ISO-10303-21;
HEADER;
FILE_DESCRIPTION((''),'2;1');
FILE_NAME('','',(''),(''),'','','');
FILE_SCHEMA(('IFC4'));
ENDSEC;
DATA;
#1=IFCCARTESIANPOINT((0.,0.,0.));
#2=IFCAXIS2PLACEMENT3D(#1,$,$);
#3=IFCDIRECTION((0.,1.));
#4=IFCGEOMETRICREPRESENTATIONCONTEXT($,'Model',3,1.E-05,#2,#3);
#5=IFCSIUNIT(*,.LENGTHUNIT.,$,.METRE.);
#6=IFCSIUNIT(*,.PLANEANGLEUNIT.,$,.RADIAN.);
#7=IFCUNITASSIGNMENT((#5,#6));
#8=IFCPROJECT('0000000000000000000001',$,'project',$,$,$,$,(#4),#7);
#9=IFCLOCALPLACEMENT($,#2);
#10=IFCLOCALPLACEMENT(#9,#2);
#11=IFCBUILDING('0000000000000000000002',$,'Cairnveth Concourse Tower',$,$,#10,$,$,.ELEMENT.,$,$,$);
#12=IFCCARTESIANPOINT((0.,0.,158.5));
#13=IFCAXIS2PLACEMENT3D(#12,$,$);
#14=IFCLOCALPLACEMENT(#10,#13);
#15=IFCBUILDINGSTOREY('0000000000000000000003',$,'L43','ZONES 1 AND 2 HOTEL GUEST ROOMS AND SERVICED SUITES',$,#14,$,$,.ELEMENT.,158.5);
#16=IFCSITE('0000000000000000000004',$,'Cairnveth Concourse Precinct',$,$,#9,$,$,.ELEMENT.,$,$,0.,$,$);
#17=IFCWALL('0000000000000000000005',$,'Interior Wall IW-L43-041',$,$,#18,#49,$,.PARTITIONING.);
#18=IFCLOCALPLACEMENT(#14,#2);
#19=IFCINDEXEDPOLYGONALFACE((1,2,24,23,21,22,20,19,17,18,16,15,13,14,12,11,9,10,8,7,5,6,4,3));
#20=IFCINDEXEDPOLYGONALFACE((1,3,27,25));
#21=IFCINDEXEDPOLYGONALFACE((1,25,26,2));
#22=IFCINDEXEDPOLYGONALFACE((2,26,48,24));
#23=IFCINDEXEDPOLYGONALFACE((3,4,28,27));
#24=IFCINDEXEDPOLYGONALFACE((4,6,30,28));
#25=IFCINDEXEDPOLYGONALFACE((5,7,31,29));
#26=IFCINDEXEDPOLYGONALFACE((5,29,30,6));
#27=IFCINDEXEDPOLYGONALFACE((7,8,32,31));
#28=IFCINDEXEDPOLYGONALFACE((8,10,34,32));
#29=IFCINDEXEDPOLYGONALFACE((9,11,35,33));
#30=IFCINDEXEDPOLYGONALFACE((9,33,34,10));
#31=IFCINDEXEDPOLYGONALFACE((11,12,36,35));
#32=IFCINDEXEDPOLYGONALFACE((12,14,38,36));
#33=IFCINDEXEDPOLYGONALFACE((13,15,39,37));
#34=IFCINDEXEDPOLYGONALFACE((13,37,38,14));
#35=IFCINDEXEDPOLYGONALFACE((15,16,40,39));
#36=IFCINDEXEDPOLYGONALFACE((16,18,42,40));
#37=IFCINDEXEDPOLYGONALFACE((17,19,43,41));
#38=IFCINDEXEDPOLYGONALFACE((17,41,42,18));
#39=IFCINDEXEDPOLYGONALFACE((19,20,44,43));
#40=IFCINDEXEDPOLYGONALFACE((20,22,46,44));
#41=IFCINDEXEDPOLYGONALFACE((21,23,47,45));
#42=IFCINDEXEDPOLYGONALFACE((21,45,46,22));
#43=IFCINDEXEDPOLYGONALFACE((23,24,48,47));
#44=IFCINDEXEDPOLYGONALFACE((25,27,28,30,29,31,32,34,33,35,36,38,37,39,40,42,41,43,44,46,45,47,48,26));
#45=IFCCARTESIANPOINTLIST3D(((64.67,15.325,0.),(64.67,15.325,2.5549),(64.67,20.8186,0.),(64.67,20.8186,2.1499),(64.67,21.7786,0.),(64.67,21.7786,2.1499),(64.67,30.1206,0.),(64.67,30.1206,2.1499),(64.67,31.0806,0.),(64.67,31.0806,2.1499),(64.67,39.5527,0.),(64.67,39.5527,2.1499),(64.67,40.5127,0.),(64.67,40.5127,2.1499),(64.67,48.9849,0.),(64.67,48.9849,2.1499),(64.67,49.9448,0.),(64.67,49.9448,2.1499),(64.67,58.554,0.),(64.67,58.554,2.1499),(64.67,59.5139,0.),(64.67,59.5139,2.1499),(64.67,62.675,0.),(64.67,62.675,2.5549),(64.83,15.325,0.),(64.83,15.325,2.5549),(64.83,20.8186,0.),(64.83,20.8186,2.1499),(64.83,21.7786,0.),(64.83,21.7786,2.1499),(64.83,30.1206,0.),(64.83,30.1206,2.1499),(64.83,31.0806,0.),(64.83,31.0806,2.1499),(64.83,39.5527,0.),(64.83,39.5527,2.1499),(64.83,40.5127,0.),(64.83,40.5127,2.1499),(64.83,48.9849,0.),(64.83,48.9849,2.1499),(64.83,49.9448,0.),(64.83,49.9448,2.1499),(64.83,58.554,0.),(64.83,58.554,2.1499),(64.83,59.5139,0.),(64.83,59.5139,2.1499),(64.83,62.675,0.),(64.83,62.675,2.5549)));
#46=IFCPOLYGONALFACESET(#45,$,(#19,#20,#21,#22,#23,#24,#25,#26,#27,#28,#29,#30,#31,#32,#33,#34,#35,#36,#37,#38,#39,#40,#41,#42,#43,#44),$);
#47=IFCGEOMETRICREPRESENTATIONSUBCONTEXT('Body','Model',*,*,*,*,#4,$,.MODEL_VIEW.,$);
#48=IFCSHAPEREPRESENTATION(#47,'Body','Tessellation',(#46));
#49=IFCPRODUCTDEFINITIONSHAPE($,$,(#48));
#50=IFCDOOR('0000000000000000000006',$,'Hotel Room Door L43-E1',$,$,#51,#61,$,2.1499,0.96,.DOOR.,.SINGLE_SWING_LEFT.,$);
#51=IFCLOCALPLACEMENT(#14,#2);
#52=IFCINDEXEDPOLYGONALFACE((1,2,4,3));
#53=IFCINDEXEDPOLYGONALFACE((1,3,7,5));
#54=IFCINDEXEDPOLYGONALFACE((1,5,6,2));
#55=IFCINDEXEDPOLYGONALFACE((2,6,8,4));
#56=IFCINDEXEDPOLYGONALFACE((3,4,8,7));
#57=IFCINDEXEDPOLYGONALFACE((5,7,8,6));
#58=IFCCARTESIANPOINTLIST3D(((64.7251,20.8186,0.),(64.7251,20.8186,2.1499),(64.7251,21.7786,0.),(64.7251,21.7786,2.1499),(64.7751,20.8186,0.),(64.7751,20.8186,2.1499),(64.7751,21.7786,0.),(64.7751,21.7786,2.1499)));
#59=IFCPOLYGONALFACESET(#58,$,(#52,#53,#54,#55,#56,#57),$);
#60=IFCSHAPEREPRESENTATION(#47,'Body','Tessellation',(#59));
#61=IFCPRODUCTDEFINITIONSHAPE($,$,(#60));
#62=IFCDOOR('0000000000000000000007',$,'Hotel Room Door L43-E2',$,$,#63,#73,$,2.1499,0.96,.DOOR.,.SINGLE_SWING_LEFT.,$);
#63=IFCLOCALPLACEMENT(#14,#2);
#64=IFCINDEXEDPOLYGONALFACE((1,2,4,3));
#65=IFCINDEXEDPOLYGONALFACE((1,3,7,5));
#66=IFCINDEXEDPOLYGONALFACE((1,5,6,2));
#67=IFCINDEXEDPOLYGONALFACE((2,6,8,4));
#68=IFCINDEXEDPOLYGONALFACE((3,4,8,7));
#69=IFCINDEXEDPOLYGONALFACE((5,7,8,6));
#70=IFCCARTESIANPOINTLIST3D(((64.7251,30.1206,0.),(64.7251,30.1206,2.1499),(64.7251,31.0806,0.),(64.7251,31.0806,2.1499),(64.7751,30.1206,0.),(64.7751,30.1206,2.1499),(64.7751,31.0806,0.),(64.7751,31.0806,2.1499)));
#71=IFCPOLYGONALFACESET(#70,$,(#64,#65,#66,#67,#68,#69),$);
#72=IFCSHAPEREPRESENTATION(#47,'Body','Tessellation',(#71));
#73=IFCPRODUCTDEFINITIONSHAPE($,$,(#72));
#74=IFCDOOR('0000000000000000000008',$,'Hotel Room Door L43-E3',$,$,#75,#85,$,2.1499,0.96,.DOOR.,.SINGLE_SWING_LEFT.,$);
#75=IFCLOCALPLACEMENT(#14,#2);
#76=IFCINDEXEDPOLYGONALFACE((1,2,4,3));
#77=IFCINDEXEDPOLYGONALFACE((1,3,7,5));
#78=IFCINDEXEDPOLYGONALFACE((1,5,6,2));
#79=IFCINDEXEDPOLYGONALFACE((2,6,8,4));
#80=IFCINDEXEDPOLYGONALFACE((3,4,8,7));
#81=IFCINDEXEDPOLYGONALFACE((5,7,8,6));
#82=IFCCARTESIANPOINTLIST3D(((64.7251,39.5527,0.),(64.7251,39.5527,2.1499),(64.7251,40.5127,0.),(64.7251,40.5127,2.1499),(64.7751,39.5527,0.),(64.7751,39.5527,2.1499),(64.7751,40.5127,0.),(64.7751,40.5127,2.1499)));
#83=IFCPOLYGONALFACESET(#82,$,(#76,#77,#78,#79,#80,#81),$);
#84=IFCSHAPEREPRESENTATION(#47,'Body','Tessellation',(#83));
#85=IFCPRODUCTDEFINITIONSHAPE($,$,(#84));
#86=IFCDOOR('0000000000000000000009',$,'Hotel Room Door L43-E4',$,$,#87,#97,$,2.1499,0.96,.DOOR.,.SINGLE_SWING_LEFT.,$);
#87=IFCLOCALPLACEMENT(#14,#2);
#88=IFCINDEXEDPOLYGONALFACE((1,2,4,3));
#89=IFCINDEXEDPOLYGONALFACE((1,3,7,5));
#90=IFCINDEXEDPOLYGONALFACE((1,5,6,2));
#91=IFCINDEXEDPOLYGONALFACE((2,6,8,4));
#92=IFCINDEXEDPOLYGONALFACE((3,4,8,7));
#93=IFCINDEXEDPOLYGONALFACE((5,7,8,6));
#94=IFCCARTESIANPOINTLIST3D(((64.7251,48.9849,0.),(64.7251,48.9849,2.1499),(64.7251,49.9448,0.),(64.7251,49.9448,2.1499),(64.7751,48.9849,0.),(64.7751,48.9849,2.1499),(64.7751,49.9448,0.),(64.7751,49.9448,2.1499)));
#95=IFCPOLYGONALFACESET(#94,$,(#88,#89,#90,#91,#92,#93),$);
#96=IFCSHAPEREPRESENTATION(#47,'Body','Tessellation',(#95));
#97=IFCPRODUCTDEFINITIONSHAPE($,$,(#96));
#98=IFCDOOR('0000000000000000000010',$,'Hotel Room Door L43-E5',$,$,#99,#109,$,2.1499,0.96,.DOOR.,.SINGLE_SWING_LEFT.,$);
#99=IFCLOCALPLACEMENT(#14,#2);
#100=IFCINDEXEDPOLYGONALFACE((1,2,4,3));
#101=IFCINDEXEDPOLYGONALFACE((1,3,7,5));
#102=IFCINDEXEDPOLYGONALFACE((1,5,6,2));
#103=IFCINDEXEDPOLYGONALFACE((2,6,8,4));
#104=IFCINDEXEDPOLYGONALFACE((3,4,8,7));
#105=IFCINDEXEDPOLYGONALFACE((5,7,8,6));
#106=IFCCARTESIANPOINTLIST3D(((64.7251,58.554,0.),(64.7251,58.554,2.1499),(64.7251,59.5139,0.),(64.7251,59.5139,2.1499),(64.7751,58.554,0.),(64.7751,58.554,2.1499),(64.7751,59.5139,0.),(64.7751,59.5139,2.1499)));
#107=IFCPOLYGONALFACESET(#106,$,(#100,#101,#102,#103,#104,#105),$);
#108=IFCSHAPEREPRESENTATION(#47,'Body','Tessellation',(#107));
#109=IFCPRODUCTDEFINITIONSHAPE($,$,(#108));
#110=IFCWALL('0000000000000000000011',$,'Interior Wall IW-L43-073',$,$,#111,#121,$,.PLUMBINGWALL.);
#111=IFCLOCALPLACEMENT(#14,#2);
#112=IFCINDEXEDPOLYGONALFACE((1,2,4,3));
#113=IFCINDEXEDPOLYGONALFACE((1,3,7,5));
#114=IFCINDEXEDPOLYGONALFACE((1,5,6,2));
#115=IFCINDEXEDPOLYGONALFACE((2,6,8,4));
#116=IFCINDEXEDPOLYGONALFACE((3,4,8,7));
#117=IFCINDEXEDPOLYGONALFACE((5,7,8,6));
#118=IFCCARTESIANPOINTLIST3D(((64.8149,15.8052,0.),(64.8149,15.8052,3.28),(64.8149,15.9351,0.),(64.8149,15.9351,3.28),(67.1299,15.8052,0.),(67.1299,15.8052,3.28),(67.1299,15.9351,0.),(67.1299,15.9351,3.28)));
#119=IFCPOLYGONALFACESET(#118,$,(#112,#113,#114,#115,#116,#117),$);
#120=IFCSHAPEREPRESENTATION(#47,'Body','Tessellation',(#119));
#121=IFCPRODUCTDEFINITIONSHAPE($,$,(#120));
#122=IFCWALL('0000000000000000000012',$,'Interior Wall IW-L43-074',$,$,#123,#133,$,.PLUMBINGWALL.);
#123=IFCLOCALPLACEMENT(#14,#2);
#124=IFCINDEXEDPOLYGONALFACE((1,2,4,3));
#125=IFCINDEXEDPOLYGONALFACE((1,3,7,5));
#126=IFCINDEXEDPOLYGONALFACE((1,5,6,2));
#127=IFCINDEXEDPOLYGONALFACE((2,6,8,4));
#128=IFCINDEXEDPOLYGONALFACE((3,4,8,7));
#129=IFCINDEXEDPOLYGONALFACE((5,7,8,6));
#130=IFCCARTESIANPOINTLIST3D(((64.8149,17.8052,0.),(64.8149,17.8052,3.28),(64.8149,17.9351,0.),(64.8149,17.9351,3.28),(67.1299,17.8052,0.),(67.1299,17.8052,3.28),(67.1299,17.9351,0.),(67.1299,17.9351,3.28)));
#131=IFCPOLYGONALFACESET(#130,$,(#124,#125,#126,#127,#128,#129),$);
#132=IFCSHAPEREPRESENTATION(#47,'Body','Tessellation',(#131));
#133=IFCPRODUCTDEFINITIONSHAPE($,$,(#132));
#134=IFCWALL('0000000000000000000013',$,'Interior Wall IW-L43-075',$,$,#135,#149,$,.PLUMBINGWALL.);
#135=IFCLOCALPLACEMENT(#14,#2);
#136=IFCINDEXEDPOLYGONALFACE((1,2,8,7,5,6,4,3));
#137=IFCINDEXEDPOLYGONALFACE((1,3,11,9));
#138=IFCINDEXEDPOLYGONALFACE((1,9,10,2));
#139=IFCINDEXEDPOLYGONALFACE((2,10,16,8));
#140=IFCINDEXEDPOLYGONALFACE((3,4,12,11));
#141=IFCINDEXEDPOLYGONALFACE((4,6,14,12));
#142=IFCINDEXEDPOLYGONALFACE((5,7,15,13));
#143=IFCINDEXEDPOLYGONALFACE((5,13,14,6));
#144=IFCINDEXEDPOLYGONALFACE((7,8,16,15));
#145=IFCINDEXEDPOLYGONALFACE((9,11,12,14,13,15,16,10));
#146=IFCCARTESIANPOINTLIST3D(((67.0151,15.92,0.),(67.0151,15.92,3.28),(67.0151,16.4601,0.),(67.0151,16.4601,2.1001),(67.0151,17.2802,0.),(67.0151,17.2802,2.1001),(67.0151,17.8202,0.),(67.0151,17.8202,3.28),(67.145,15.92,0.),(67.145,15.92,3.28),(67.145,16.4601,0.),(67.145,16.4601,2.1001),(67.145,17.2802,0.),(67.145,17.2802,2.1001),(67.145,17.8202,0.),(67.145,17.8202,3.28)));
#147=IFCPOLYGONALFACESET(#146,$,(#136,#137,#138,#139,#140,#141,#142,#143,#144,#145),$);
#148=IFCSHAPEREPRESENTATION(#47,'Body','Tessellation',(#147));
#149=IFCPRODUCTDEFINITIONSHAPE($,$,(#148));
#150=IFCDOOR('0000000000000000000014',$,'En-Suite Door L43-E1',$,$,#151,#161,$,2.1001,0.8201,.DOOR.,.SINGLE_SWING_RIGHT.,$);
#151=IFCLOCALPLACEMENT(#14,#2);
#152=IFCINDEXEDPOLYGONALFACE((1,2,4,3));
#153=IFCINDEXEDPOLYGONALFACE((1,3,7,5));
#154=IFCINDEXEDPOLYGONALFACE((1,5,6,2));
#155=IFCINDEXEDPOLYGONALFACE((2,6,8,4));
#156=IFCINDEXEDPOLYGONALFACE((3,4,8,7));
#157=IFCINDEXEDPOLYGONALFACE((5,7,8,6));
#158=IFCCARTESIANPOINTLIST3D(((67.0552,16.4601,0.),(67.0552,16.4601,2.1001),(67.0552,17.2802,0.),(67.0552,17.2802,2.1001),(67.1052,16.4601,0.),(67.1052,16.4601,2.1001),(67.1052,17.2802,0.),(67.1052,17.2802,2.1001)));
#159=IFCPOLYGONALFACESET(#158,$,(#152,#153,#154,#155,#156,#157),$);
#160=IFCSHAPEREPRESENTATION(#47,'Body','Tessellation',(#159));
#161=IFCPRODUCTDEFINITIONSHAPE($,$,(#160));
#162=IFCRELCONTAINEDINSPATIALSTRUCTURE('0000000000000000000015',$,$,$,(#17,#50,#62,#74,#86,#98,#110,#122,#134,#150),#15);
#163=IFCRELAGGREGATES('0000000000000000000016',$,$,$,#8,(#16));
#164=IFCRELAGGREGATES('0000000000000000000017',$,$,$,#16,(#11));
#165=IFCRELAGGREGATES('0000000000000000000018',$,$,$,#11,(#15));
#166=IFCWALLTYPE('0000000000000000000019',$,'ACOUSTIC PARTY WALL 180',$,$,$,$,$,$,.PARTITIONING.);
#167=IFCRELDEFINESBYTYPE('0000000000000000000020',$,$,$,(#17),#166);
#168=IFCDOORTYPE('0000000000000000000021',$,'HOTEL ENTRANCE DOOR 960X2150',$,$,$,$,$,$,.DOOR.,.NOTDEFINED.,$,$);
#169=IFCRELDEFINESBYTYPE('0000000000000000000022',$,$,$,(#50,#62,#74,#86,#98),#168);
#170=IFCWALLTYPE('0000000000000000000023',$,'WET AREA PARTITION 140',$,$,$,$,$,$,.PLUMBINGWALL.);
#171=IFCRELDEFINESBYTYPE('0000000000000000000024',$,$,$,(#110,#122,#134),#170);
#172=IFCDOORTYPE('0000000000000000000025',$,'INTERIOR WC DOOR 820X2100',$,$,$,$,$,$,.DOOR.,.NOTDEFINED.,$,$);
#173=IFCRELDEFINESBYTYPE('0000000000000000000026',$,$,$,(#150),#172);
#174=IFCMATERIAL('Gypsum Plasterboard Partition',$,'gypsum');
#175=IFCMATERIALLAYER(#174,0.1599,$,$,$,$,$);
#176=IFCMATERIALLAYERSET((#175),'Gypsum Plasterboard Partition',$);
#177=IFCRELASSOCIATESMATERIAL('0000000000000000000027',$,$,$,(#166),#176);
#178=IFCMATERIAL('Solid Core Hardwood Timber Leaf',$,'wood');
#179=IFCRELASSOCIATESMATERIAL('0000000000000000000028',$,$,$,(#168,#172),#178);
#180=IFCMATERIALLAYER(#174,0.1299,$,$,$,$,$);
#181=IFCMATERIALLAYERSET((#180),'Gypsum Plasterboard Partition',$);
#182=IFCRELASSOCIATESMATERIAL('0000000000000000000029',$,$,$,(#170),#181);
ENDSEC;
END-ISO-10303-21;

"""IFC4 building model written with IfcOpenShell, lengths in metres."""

from ifc_helpers import new_model, si_unit, direction, frame, frame_2d, origin, place, context, subcontext, project, spatial, rectangle, extrude, material, layer, layer_set, type_object, element, fill, save


model = new_model("IFC4")

# Units and contexts
model_context = context("Model", 3, precision=1e-05, world=origin(), true_north=direction((0.0, 1.0)))
body_context = subcontext(model_context, "Body", "Model", "MODEL_VIEW")
ifc_project = project(units=[si_unit("LENGTHUNIT", "METRE"), si_unit("PLANEANGLEUNIT", "RADIAN")], contexts=[model_context])

# Site, building, storey
site_placement = place(None, origin())
site = spatial("IfcSite", under=ifc_project, at=site_placement, Name="Cairnveth Concourse Precinct", CompositionType="ELEMENT", RefElevation=0.0)
building_placement = place(site_placement, origin())
building = spatial("IfcBuilding", under=site, at=building_placement, Name="Cairnveth Concourse Tower", CompositionType="ELEMENT")
storey_placement = place(building_placement, frame((0.0, 0.0, 158.5)))
storey = spatial("IfcBuildingStorey", under=building, at=storey_placement, Name="L43", Description="ZONES 1 AND 2 HOTEL GUEST ROOMS AND SERVICED SUITES", CompositionType="ELEMENT", Elevation=158.5)

# Wall, openings, doors
ifc_material_1 = material(Name="Gypsum Plasterboard Partition", Category="gypsum")
ifc_layer_1 = layer(ifc_material_1, 0.1599)
ifc_layer_set_1 = layer_set([ifc_layer_1], Name="Gypsum Plasterboard Partition")
wall_type_1 = type_object("IfcWallType", Name="ACOUSTIC PARTY WALL 180", PredefinedType="PARTITIONING", material=ifc_layer_set_1)
wall_1_placement = place(storey_placement, frame((64.75, 15.325, 0.0), z_axis=(0.0, 0.0, 1.0), x_axis=(0.0, 1.0, 0.0)))
wall_1 = element("IfcWall", 1, at=wall_1_placement, inside=storey, type_object=wall_type_1, Name="Interior Wall IW-L43-041", PredefinedType="PARTITIONING", context=body_context, shape_type="SweptSolid", body=[
    extrude(rectangle(XDim=47.3501, YDim=0.1599, at=frame_2d((23.675, 0.0))), origin(), (0.0, 0.0, 1.0), 2.5549),
])
opening_1_placement = place(wall_1_placement, frame((5.4937, 0.0, 0.0)))
opening_1 = element("IfcOpeningElement", 2, at=opening_1_placement, cuts=wall_1, PredefinedType="OPENING", context=body_context, shape_type="SweptSolid", body=[
    extrude(rectangle(XDim=0.96, YDim=2.1499, at=frame_2d((0.48, 1.075))), frame((0.0, 0.0898, 0.0), z_axis=(0.0, -1.0, 0.0), x_axis=(1.0, 0.0, 0.0)), (0.0, 0.0, 1.0), 0.1799),
])
opening_2_placement = place(wall_1_placement, frame((14.7957, 0.0, 0.0)))
opening_2 = element("IfcOpeningElement", 3, at=opening_2_placement, cuts=wall_1, PredefinedType="OPENING", context=body_context, shape_type="SweptSolid", body=[
    extrude(rectangle(XDim=0.96, YDim=2.1499, at=frame_2d((0.48, 1.075))), frame((0.0, 0.0898, 0.0), z_axis=(0.0, -1.0, 0.0), x_axis=(1.0, 0.0, 0.0)), (0.0, 0.0, 1.0), 0.1799),
])
opening_3_placement = place(wall_1_placement, frame((24.2278, 0.0, 0.0)))
opening_3 = element("IfcOpeningElement", 4, at=opening_3_placement, cuts=wall_1, PredefinedType="OPENING", context=body_context, shape_type="SweptSolid", body=[
    extrude(rectangle(XDim=0.96, YDim=2.1499, at=frame_2d((0.48, 1.075))), frame((0.0, 0.0898, 0.0), z_axis=(0.0, -1.0, 0.0), x_axis=(1.0, 0.0, 0.0)), (0.0, 0.0, 1.0), 0.1799),
])
opening_4_placement = place(wall_1_placement, frame((33.6599, 0.0, 0.0)))
opening_4 = element("IfcOpeningElement", 5, at=opening_4_placement, cuts=wall_1, PredefinedType="OPENING", context=body_context, shape_type="SweptSolid", body=[
    extrude(rectangle(XDim=0.96, YDim=2.1499, at=frame_2d((0.48, 1.075))), frame((0.0, 0.0898, 0.0), z_axis=(0.0, -1.0, 0.0), x_axis=(1.0, 0.0, 0.0)), (0.0, 0.0, 1.0), 0.1799),
])
opening_5_placement = place(wall_1_placement, frame((43.229, 0.0, 0.0)))
opening_5 = element("IfcOpeningElement", 6, at=opening_5_placement, cuts=wall_1, PredefinedType="OPENING", context=body_context, shape_type="SweptSolid", body=[
    extrude(rectangle(XDim=0.96, YDim=2.1499, at=frame_2d((0.48, 1.075))), frame((0.0, 0.0898, 0.0), z_axis=(0.0, -1.0, 0.0), x_axis=(1.0, 0.0, 0.0)), (0.0, 0.0, 1.0), 0.1799),
])
ifc_material_2 = material(Name="Solid Core Hardwood Timber Leaf", Category="wood")
door_type_1 = type_object("IfcDoorType", Name="HOTEL ENTRANCE DOOR 960X2150", OperationType="NOTDEFINED", PredefinedType="DOOR", material=ifc_material_2)
door_1_placement = place(opening_1_placement, origin())
door_1 = element("IfcDoor", 7, at=door_1_placement, inside=storey, type_object=door_type_1, Name="Hotel Room Door L43-E1", OperationType="SINGLE_SWING_LEFT", OverallHeight=2.1499, OverallWidth=0.96, PredefinedType="DOOR", context=body_context, shape_type="SweptSolid", body=[
    extrude(rectangle(XDim=0.96, YDim=2.1499, at=frame_2d((0.48, 1.075))), frame((0.0, 0.0249, 0.0), z_axis=(0.0, -1.0, 0.0), x_axis=(1.0, 0.0, 0.0)), (0.0, 0.0, 1.0), 0.05),
])
fill(opening_1, door_1)
door_2_placement = place(opening_2_placement, origin())
door_2 = element("IfcDoor", 8, at=door_2_placement, inside=storey, type_object=door_type_1, Name="Hotel Room Door L43-E2", OperationType="SINGLE_SWING_LEFT", OverallHeight=2.1499, OverallWidth=0.96, PredefinedType="DOOR", context=body_context, shape_type="SweptSolid", body=[
    extrude(rectangle(XDim=0.96, YDim=2.1499, at=frame_2d((0.48, 1.075))), frame((0.0, 0.0249, 0.0), z_axis=(0.0, -1.0, 0.0), x_axis=(1.0, 0.0, 0.0)), (0.0, 0.0, 1.0), 0.05),
])
fill(opening_2, door_2)
door_3_placement = place(opening_3_placement, origin())
door_3 = element("IfcDoor", 9, at=door_3_placement, inside=storey, type_object=door_type_1, Name="Hotel Room Door L43-E3", OperationType="SINGLE_SWING_LEFT", OverallHeight=2.1499, OverallWidth=0.96, PredefinedType="DOOR", context=body_context, shape_type="SweptSolid", body=[
    extrude(rectangle(XDim=0.96, YDim=2.1499, at=frame_2d((0.48, 1.075))), frame((0.0, 0.0249, 0.0), z_axis=(0.0, -1.0, 0.0), x_axis=(1.0, 0.0, 0.0)), (0.0, 0.0, 1.0), 0.05),
])
fill(opening_3, door_3)
door_4_placement = place(opening_4_placement, origin())
door_4 = element("IfcDoor", 10, at=door_4_placement, inside=storey, type_object=door_type_1, Name="Hotel Room Door L43-E4", OperationType="SINGLE_SWING_LEFT", OverallHeight=2.1499, OverallWidth=0.96, PredefinedType="DOOR", context=body_context, shape_type="SweptSolid", body=[
    extrude(rectangle(XDim=0.96, YDim=2.1499, at=frame_2d((0.48, 1.075))), frame((0.0, 0.0249, 0.0), z_axis=(0.0, -1.0, 0.0), x_axis=(1.0, 0.0, 0.0)), (0.0, 0.0, 1.0), 0.05),
])
fill(opening_4, door_4)
door_5_placement = place(opening_5_placement, origin())
door_5 = element("IfcDoor", 11, at=door_5_placement, inside=storey, type_object=door_type_1, Name="Hotel Room Door L43-E5", OperationType="SINGLE_SWING_LEFT", OverallHeight=2.1499, OverallWidth=0.96, PredefinedType="DOOR", context=body_context, shape_type="SweptSolid", body=[
    extrude(rectangle(XDim=0.96, YDim=2.1499, at=frame_2d((0.48, 1.075))), frame((0.0, 0.0249, 0.0), z_axis=(0.0, -1.0, 0.0), x_axis=(1.0, 0.0, 0.0)), (0.0, 0.0, 1.0), 0.05),
])
fill(opening_5, door_5)

# Walls
ifc_layer_2 = layer(ifc_material_1, 0.1299)
ifc_layer_set_2 = layer_set([ifc_layer_2], Name="Gypsum Plasterboard Partition")
wall_type_2 = type_object("IfcWallType", Name="WET AREA PARTITION 140", PredefinedType="PLUMBINGWALL", material=ifc_layer_set_2)
for number, where, z_axis, x_axis, name in (
    (12, (64.8149, 15.8701, 0.0), (0.0, 0.0, 1.0), (1.0, 0.0, 0.0), "Interior Wall IW-L43-073"),
    (13, (64.8149, 17.8701, 0.0), (0.0, 0.0, 1.0), (1.0, 0.0, 0.0), "Interior Wall IW-L43-074"),
):
    element("IfcWall", number, at=place(storey_placement, frame(where, z_axis=z_axis, x_axis=x_axis)), inside=storey, type_object=wall_type_2, Name=name, PredefinedType="PLUMBINGWALL", context=body_context, shape_type="SweptSolid", body=[
        extrude(rectangle(XDim=2.3149, YDim=0.1299, at=frame_2d((1.1575, 0.0))), origin(), (0.0, 0.0, 1.0), 3.28),
    ])

# Wall, opening, door
wall_2_placement = place(storey_placement, frame((67.0801, 15.9199, 0.0), z_axis=(0.0, 0.0, 1.0), x_axis=(0.0, 1.0, 0.0)))
wall_2 = element("IfcWall", 14, at=wall_2_placement, inside=storey, type_object=wall_type_2, Name="Interior Wall IW-L43-075", PredefinedType="PLUMBINGWALL", context=body_context, shape_type="SweptSolid", body=[
    extrude(rectangle(XDim=1.9001, YDim=0.1299, at=frame_2d((0.9502, 0.0))), origin(), (0.0, 0.0, 1.0), 3.28),
])
opening_6_placement = place(wall_2_placement, frame((0.54, 0.0, 0.0)))
opening_6 = element("IfcOpeningElement", 15, at=opening_6_placement, cuts=wall_2, PredefinedType="OPENING", context=body_context, shape_type="SweptSolid", body=[
    extrude(rectangle(XDim=0.8201, YDim=2.1001, at=frame_2d((0.4102, 1.05))), frame((0.0, 0.075, 0.0), z_axis=(0.0, -1.0, 0.0), x_axis=(1.0, 0.0, 0.0)), (0.0, 0.0, 1.0), 0.1499),
])
door_type_2 = type_object("IfcDoorType", Name="INTERIOR WC DOOR 820X2100", OperationType="NOTDEFINED", PredefinedType="DOOR", material=ifc_material_2)
door_6_placement = place(opening_6_placement, origin())
door_6 = element("IfcDoor", 16, at=door_6_placement, inside=storey, type_object=door_type_2, Name="En-Suite Door L43-E1", OperationType="SINGLE_SWING_RIGHT", OverallHeight=2.1001, OverallWidth=0.8201, PredefinedType="DOOR", context=body_context, shape_type="SweptSolid", body=[
    extrude(rectangle(XDim=0.8201, YDim=2.1001, at=frame_2d((0.4102, 1.05))), frame((0.0, 0.0249, 0.0), z_axis=(0.0, -1.0, 0.0), x_axis=(1.0, 0.0, 0.0)), (0.0, 0.0, 1.0), 0.05),
])
fill(opening_6, door_6)

save(model, "model.ifc")
